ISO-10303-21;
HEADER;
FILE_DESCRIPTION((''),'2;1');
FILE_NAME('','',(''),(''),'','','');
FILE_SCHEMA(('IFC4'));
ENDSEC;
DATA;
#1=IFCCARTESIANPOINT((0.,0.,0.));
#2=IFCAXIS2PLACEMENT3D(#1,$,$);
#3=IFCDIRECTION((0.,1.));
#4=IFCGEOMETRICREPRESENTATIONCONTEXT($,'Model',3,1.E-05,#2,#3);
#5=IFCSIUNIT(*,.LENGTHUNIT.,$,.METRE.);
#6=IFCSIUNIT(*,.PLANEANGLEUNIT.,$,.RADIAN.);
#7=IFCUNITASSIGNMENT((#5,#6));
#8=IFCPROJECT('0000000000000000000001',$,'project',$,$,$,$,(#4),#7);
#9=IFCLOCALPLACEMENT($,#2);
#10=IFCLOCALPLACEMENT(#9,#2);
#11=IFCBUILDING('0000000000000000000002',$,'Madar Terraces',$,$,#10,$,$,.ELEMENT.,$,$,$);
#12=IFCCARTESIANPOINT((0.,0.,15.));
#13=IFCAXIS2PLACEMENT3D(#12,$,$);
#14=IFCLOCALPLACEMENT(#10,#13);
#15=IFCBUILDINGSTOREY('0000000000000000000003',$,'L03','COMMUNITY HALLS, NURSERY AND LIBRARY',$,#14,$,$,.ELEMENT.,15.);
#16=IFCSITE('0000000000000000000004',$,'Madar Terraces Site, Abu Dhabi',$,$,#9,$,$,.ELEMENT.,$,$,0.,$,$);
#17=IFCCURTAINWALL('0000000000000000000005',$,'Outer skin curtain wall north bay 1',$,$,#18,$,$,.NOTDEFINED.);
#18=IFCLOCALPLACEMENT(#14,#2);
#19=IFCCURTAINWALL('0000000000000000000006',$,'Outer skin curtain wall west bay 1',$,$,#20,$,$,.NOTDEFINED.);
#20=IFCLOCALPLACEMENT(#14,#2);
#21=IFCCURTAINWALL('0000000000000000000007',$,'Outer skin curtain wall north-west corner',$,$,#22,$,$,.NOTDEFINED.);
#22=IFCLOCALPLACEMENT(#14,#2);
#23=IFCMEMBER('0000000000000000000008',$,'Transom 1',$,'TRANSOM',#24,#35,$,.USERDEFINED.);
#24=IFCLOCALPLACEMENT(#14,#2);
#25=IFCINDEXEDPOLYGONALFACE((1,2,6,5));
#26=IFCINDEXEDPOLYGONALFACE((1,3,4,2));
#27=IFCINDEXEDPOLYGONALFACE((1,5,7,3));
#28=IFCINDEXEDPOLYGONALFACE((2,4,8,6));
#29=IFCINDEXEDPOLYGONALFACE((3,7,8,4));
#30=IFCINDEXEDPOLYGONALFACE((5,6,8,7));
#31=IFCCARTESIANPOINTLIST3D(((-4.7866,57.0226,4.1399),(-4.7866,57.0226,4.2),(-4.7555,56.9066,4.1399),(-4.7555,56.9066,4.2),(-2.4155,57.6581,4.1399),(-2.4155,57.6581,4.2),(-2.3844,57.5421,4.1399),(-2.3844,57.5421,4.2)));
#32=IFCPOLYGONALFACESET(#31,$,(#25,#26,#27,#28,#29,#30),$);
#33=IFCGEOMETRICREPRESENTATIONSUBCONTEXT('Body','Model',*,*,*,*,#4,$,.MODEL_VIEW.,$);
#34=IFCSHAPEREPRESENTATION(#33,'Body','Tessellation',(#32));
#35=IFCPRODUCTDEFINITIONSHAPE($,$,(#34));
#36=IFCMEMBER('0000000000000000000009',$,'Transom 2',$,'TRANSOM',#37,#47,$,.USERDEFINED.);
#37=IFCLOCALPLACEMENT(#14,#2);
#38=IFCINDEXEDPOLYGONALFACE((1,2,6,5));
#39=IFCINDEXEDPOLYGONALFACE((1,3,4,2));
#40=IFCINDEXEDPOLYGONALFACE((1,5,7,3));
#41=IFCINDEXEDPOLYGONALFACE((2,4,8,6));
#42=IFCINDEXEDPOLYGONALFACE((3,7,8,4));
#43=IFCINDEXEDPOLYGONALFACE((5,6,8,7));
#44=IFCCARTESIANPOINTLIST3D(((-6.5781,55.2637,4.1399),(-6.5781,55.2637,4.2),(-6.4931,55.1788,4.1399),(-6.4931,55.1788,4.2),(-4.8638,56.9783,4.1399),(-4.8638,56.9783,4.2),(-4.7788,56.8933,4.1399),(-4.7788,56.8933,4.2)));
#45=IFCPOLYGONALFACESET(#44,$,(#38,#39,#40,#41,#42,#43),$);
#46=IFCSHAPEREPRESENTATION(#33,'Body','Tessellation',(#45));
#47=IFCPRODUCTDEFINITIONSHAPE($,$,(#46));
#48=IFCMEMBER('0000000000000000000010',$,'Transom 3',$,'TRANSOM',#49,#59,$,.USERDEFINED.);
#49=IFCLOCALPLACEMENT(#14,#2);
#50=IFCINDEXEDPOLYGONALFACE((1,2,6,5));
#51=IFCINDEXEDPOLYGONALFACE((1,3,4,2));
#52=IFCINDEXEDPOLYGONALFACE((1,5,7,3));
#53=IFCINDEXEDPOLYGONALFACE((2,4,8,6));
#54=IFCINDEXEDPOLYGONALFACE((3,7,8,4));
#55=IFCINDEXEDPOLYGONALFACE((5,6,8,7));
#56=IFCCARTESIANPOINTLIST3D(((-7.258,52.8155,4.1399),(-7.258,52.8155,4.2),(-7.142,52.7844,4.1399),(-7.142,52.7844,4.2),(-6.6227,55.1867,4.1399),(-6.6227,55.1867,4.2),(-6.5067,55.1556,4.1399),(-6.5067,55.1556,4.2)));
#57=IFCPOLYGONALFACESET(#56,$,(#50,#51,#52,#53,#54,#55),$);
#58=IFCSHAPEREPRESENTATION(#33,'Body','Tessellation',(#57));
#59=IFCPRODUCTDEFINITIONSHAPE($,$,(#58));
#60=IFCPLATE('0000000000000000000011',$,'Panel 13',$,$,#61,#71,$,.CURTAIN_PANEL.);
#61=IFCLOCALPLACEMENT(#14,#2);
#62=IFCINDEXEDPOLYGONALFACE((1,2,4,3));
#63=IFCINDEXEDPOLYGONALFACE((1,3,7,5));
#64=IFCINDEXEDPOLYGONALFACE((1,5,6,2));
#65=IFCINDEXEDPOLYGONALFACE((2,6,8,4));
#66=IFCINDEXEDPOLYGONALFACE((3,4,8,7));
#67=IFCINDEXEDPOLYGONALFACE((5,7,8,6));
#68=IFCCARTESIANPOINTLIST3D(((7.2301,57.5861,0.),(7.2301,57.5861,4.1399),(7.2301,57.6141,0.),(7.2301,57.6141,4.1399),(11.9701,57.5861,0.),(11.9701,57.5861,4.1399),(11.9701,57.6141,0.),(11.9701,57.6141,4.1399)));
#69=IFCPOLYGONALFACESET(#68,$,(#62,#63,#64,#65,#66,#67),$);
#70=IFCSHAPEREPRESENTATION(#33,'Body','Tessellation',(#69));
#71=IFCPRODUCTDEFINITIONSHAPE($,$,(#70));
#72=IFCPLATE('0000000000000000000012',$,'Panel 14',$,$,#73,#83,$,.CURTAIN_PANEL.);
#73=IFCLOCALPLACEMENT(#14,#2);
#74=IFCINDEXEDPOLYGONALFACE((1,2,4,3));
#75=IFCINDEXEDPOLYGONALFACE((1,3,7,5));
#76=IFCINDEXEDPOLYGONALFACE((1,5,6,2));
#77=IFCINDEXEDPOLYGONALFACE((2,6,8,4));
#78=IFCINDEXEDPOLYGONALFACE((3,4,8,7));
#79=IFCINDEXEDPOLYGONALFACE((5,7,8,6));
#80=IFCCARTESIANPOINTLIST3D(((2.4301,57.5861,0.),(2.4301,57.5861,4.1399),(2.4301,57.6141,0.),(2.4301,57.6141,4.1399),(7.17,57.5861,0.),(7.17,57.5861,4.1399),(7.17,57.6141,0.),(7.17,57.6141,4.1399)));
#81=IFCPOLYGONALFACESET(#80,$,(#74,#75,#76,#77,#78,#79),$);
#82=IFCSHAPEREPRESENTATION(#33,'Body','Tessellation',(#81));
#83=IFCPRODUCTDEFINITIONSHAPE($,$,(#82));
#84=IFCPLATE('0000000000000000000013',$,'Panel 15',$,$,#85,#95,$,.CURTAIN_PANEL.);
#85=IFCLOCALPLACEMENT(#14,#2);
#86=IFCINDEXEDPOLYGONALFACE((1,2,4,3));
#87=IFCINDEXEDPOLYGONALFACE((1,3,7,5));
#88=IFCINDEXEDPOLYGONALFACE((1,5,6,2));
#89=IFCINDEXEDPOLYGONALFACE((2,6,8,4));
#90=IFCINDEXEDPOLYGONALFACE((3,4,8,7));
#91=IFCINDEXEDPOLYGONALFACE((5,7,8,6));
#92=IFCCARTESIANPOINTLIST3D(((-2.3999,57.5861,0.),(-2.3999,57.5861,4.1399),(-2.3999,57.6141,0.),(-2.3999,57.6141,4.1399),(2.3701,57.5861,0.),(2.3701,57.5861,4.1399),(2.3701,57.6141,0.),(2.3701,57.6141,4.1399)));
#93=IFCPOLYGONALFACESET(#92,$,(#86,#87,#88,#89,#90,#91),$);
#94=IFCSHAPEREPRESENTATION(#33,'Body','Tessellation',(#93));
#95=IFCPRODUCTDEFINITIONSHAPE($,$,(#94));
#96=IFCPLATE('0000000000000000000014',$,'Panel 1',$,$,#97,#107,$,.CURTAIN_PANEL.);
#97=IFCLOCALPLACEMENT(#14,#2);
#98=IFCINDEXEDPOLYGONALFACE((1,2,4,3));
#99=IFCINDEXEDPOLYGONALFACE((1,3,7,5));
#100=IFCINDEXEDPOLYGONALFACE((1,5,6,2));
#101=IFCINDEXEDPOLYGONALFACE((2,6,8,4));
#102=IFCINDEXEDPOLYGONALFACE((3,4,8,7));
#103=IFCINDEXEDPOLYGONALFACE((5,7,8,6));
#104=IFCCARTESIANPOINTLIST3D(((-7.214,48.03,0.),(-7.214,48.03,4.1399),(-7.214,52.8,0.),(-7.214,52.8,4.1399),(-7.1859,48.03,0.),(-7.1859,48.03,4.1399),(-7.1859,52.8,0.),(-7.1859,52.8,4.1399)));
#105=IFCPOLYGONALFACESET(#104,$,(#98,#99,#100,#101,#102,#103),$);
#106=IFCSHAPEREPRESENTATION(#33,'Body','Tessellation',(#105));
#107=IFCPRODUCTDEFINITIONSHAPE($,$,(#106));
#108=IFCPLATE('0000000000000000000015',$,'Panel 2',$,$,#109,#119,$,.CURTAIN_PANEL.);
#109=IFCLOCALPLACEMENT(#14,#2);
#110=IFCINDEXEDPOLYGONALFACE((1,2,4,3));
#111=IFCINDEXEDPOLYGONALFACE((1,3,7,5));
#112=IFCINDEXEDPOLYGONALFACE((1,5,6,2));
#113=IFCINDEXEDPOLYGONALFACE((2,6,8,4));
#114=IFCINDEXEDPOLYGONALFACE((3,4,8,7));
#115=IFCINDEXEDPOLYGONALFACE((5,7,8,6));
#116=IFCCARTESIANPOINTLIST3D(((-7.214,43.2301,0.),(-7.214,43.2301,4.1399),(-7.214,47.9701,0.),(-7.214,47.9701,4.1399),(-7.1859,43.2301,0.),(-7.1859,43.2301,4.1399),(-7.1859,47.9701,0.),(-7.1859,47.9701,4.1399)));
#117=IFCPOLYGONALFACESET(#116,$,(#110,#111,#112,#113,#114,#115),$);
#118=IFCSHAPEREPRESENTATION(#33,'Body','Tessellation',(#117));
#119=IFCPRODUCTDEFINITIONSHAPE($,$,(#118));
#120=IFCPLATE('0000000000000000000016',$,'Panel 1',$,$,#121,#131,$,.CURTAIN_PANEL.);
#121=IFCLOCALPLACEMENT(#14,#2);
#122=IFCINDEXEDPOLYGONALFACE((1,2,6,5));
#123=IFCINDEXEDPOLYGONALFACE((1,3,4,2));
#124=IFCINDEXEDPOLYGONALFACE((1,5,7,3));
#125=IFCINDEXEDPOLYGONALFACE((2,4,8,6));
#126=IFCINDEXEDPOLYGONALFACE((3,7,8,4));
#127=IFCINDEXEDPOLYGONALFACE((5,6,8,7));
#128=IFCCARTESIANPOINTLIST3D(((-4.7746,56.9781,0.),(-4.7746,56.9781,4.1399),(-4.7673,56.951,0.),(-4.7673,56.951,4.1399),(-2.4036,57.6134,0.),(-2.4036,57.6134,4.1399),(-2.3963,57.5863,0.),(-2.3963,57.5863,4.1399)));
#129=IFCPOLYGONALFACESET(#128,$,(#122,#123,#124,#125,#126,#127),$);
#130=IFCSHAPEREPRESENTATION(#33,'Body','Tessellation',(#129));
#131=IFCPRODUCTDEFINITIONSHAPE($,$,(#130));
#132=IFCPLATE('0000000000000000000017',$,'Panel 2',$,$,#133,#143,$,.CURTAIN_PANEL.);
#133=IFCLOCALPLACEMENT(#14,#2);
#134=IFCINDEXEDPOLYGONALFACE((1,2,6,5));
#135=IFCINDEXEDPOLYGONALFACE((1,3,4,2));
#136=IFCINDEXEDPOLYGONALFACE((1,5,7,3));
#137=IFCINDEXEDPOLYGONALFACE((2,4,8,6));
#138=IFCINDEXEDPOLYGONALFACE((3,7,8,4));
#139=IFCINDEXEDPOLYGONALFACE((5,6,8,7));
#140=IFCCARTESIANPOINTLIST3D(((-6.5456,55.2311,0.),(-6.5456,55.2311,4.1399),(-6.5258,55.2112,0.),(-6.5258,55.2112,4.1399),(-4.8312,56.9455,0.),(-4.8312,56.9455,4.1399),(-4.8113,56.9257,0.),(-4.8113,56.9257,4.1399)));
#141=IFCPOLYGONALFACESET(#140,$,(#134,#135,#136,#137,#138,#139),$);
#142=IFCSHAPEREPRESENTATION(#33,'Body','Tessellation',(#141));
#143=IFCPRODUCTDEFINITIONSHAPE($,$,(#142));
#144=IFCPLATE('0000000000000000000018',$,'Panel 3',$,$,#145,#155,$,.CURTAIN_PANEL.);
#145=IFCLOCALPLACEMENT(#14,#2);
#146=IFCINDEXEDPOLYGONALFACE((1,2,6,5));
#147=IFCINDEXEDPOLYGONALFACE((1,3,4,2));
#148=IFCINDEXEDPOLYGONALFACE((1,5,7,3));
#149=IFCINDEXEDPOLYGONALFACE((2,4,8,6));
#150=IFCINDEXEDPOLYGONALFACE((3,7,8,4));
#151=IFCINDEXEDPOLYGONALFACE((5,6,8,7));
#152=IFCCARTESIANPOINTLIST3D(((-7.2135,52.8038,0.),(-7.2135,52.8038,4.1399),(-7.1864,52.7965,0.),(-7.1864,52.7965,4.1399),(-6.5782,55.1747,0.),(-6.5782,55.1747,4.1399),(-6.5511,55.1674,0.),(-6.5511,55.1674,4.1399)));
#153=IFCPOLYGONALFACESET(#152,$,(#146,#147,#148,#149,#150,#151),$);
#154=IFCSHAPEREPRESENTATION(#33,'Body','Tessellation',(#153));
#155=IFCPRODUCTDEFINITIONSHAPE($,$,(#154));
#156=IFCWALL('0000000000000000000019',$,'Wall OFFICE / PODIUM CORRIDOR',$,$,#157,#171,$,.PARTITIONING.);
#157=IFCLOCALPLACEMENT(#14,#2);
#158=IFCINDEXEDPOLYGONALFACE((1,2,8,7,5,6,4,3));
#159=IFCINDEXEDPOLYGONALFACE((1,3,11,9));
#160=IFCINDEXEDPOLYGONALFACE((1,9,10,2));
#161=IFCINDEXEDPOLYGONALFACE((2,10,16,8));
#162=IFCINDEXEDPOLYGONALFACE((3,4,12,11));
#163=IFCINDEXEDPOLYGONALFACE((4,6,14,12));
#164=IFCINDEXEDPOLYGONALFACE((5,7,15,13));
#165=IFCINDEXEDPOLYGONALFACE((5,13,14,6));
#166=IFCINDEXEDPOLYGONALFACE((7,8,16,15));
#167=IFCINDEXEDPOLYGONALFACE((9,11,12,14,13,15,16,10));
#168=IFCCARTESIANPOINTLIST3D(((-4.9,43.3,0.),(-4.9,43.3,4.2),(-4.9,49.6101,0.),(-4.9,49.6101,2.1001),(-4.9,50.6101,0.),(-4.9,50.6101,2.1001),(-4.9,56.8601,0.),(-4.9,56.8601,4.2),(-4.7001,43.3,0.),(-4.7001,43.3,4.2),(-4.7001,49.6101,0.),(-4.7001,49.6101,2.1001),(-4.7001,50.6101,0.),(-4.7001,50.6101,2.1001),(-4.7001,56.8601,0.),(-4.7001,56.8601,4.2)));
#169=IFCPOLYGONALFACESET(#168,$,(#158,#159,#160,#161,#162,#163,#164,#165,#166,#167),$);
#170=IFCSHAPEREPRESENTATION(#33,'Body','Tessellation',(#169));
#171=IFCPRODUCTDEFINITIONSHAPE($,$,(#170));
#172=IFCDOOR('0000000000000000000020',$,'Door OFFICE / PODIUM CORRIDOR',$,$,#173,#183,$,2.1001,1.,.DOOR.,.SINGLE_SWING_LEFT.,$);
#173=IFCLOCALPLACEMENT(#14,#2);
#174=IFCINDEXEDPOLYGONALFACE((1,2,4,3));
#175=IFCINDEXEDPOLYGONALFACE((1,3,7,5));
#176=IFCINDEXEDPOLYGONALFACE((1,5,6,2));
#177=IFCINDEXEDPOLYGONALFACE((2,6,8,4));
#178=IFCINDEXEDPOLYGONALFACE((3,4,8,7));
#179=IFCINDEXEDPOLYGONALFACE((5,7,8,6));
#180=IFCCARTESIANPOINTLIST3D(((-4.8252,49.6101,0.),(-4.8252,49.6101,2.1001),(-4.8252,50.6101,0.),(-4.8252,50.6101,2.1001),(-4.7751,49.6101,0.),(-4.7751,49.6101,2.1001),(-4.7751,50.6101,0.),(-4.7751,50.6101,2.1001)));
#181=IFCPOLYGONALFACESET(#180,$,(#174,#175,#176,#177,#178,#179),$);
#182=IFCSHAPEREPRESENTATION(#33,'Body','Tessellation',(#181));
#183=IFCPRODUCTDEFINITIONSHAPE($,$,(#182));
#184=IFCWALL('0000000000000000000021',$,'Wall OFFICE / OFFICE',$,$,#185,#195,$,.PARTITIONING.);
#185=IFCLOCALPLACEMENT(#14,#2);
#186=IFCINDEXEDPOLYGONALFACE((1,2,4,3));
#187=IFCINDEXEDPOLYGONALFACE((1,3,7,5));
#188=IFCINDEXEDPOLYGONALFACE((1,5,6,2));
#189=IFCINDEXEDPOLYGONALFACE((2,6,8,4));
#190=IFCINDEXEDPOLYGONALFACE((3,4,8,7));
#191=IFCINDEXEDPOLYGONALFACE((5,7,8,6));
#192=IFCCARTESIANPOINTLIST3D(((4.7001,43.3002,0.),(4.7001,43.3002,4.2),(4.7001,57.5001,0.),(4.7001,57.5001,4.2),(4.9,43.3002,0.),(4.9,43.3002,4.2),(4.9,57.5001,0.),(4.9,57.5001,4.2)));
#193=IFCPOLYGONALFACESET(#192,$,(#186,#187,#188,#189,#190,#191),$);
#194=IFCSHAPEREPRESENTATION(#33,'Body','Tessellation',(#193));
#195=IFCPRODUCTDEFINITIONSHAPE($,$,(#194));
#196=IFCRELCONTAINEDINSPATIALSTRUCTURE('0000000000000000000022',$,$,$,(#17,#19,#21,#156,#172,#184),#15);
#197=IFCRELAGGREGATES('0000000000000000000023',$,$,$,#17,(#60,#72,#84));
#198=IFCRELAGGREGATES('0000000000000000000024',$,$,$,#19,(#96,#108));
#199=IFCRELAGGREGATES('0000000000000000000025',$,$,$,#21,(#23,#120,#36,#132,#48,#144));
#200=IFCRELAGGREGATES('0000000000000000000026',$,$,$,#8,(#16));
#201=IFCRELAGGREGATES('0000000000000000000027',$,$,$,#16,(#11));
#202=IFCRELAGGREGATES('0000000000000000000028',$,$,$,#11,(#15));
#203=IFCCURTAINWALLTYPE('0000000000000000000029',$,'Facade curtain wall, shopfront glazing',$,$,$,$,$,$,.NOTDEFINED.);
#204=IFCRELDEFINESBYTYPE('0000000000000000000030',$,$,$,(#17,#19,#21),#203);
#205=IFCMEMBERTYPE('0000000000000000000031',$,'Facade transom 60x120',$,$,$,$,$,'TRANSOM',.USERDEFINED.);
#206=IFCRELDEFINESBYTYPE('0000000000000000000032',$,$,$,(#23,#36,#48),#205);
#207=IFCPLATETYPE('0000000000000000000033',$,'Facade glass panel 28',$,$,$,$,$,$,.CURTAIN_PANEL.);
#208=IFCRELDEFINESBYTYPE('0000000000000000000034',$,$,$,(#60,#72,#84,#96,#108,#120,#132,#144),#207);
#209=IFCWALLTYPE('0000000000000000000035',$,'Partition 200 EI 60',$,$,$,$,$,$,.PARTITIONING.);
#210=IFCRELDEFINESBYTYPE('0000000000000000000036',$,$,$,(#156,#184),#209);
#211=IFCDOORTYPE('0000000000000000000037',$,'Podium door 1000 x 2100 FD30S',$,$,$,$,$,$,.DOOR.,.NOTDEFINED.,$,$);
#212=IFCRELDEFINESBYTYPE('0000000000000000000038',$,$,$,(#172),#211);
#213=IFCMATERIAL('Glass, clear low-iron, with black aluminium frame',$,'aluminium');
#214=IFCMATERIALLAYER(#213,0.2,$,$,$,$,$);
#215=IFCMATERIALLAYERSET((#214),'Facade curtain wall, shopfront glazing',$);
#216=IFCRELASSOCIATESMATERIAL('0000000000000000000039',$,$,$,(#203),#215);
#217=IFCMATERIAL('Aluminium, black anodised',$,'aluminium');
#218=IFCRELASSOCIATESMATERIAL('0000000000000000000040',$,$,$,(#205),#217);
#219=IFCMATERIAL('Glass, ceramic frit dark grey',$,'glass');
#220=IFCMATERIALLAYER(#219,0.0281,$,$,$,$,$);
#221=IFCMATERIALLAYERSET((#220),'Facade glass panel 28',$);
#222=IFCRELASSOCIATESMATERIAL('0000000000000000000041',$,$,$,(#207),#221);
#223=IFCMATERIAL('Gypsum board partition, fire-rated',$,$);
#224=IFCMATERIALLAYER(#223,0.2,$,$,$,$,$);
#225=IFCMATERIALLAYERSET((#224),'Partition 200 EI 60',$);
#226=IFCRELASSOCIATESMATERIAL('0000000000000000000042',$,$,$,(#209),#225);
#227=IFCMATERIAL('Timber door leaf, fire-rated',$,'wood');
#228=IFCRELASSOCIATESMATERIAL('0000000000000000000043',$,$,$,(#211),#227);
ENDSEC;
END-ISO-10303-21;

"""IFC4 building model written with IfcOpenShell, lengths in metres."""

from ifc_helpers import new_model, si_unit, direction, frame, frame_2d, origin, origin_2d, place, context, subcontext, project, spatial, rectangle, extrude, material, layer, layer_set, material_profile, profile_set, type_object, element, fill, aggregate, save


model = new_model("IFC4")

# Units and contexts
model_context = context("Model", 3, precision=1e-05, world=origin(), true_north=direction((0.0, 1.0)))
body_context = subcontext(model_context, "Body", "Model", "MODEL_VIEW")
ifc_project = project(units=[si_unit("LENGTHUNIT", "METRE"), si_unit("PLANEANGLEUNIT", "RADIAN")], contexts=[model_context])

# Site, building, storey
site_placement = place(None, origin())
site = spatial("IfcSite", under=ifc_project, at=site_placement, Name="Madar Terraces Site, Abu Dhabi", CompositionType="ELEMENT", RefElevation=0.0)
building_placement = place(site_placement, origin())
building = spatial("IfcBuilding", under=site, at=building_placement, Name="Madar Terraces", CompositionType="ELEMENT")
storey_placement = place(building_placement, frame((0.0, 0.0, 15.0)))
storey = spatial("IfcBuildingStorey", under=building, at=storey_placement, Name="L03", Description="COMMUNITY HALLS, NURSERY AND LIBRARY", CompositionType="ELEMENT", Elevation=15.0)

# Curtain wall
ifc_material_1 = material(Name="Glass, clear low-iron, with black aluminium frame", Category="aluminium")
ifc_layer_1 = layer(ifc_material_1, 0.2)
ifc_layer_set_1 = layer_set([ifc_layer_1], Name="Facade curtain wall, shopfront glazing")
curtain_wall_type = type_object("IfcCurtainWallType", Name="Facade curtain wall, shopfront glazing", PredefinedType="NOTDEFINED", material=ifc_layer_set_1)
curtain_wall_1_placement = place(storey_placement, origin())
curtain_wall_1 = element("IfcCurtainWall", 1, at=curtain_wall_1_placement, inside=storey, type_object=curtain_wall_type, Name="Outer skin curtain wall north bay 1", PredefinedType="NOTDEFINED")

# Curtain wall
curtain_wall_2_placement = place(storey_placement, origin())
curtain_wall_2 = element("IfcCurtainWall", 2, at=curtain_wall_2_placement, inside=storey, type_object=curtain_wall_type, Name="Outer skin curtain wall west bay 1", PredefinedType="NOTDEFINED")

# Curtain wall
curtain_wall_3_placement = place(storey_placement, origin())
curtain_wall_3 = element("IfcCurtainWall", 3, at=curtain_wall_3_placement, inside=storey, type_object=curtain_wall_type, Name="Outer skin curtain wall north-west corner", PredefinedType="NOTDEFINED")

# Members
ifc_material_2 = material(Name="Aluminium, black anodised", Category="aluminium")
ifc_material_profile_1 = material_profile(ifc_material_2, rectangle(XDim=0.1201, YDim=0.0601, at=origin_2d()), Name="Facade transom 60x120")
ifc_profile_set_1 = profile_set([ifc_material_profile_1], Name="Aluminium, black anodised")
member_type_1 = type_object("IfcMemberType", Name="Facade transom 60x120", ElementType="TRANSOM", PredefinedType="USERDEFINED", material=ifc_profile_set_1)
member_1_placement = place(storey_placement, frame((-2.3999, 57.6001, 4.1699), z_axis=(-0.965909, -0.258882, 0.0), x_axis=(0.258882, -0.965909, 0.0)))
member_1 = element("IfcMember", 4, at=member_1_placement, type_object=member_type_1, Name="Transom 1", ObjectType="TRANSOM", PredefinedType="USERDEFINED", context=body_context, shape_type="SweptSolid", body=[
    extrude(rectangle(XDim=0.1201, YDim=0.0601, at=origin_2d()), origin(), (0.0, 0.0, 1.0), 2.4548),
])
member_2_placement = place(storey_placement, frame((-4.8213, 56.9358, 4.1699), z_axis=(-0.707056, -0.707157, 0.0), x_axis=(0.707157, -0.707056, 0.0)))
member_2 = element("IfcMember", 5, at=member_2_placement, type_object=member_type_1, Name="Transom 2", ObjectType="TRANSOM", PredefinedType="USERDEFINED", context=body_context, shape_type="SweptSolid", body=[
    extrude(rectangle(XDim=0.1201, YDim=0.0601, at=origin_2d()), origin(), (0.0, 0.0, 1.0), 2.4246),
])
member_3_placement = place(storey_placement, frame((-6.5647, 55.1711, 4.1699), z_axis=(-0.258789, -0.965934, 0.0), x_axis=(0.965934, -0.258789, 0.0)))
member_3 = element("IfcMember", 6, at=member_3_placement, type_object=member_type_1, Name="Transom 3", ObjectType="TRANSOM", PredefinedType="USERDEFINED", context=body_context, shape_type="SweptSolid", body=[
    extrude(rectangle(XDim=0.1201, YDim=0.0601, at=origin_2d()), origin(), (0.0, 0.0, 1.0), 2.4548),
])

# Plates
ifc_material_3 = material(Name="Glass, ceramic frit dark grey", Category="glass")
ifc_layer_2 = layer(ifc_material_3, 0.0281)
ifc_layer_set_2 = layer_set([ifc_layer_2], Name="Facade glass panel 28")
plate_type = type_object("IfcPlateType", Name="Facade glass panel 28", PredefinedType="CURTAIN_PANEL", material=ifc_layer_set_2)
plate_1_placement = place(storey_placement, frame((9.6001, 57.6001, 0.0), z_axis=(0.0, 0.0, 1.0), x_axis=(-1.0, 0.0, 0.0)))
plate_1 = element("IfcPlate", 7, at=plate_1_placement, type_object=plate_type, Name="Panel 13", PredefinedType="CURTAIN_PANEL", context=body_context, shape_type="SweptSolid", body=[
    extrude(rectangle(XDim=4.74, YDim=0.0281, at=origin_2d()), origin(), (0.0, 0.0, 1.0), 4.1399),
])
plate_2_placement = place(storey_placement, frame((4.8, 57.6001, 0.0), z_axis=(0.0, 0.0, 1.0), x_axis=(-1.0, 0.0, 0.0)))
plate_2 = element("IfcPlate", 8, at=plate_2_placement, type_object=plate_type, Name="Panel 14", PredefinedType="CURTAIN_PANEL", context=body_context, shape_type="SweptSolid", body=[
    extrude(rectangle(XDim=4.74, YDim=0.0281, at=origin_2d()), origin(), (0.0, 0.0, 1.0), 4.1399),
])
plate_3_placement = place(storey_placement, frame((-0.0149, 57.6001, 0.0), z_axis=(0.0, 0.0, 1.0), x_axis=(-1.0, 0.0, 0.0)))
plate_3 = element("IfcPlate", 9, at=plate_3_placement, type_object=plate_type, Name="Panel 15", PredefinedType="CURTAIN_PANEL", context=body_context, shape_type="SweptSolid", body=[
    extrude(rectangle(XDim=4.77, YDim=0.0281, at=origin_2d()), origin(), (0.0, 0.0, 1.0), 4.1399),
])
aggregate(curtain_wall_1, [plate_1, plate_2, plate_3])
plate_4_placement = place(storey_placement, frame((-7.2, 50.415, 0.0), z_axis=(0.0, 0.0, 1.0), x_axis=(0.0, -1.0, 0.0)))
plate_4 = element("IfcPlate", 10, at=plate_4_placement, type_object=plate_type, Name="Panel 1", PredefinedType="CURTAIN_PANEL", context=body_context, shape_type="SweptSolid", body=[
    extrude(rectangle(XDim=4.77, YDim=0.0281, at=origin_2d()), origin(), (0.0, 0.0, 1.0), 4.1399),
])
plate_5_placement = place(storey_placement, frame((-7.2, 45.6001, 0.0), z_axis=(0.0, 0.0, 1.0), x_axis=(0.0, -1.0, 0.0)))
plate_5 = element("IfcPlate", 11, at=plate_5_placement, type_object=plate_type, Name="Panel 2", PredefinedType="CURTAIN_PANEL", context=body_context, shape_type="SweptSolid", body=[
    extrude(rectangle(XDim=4.74, YDim=0.0281, at=origin_2d()), origin(), (0.0, 0.0, 1.0), 4.1399),
])
aggregate(curtain_wall_2, [plate_4, plate_5])
plate_6_placement = place(storey_placement, frame((-3.5854, 57.2822, 0.0), z_axis=(0.0, 0.0, 1.0), x_axis=(-0.965926, -0.258819, 0.0)))
plate_6 = element("IfcPlate", 12, at=plate_6_placement, type_object=plate_type, Name="Panel 1", PredefinedType="CURTAIN_PANEL", context=body_context, shape_type="SweptSolid", body=[
    extrude(rectangle(XDim=2.4546, YDim=0.0281, at=origin_2d()), origin(), (0.0, 0.0, 1.0), 4.1399),
])
plate_7_placement = place(storey_placement, frame((-5.6785, 56.0784, 0.0), z_axis=(0.0, 0.0, 1.0), x_axis=(-0.707107, -0.707107, 0.0)))
plate_7 = element("IfcPlate", 13, at=plate_7_placement, type_object=plate_type, Name="Panel 2", PredefinedType="CURTAIN_PANEL", context=body_context, shape_type="SweptSolid", body=[
    extrude(rectangle(XDim=2.4246, YDim=0.0281, at=origin_2d()), origin(), (0.0, 0.0, 1.0), 4.1399),
])
plate_8_placement = place(storey_placement, frame((-6.8823, 53.9856, 0.0), z_axis=(0.0, 0.0, 1.0), x_axis=(-0.258819, -0.965926, 0.0)))
plate_8 = element("IfcPlate", 14, at=plate_8_placement, type_object=plate_type, Name="Panel 3", PredefinedType="CURTAIN_PANEL", context=body_context, shape_type="SweptSolid", body=[
    extrude(rectangle(XDim=2.4546, YDim=0.0281, at=origin_2d()), origin(), (0.0, 0.0, 1.0), 4.1399),
])
aggregate(curtain_wall_3, [member_1, plate_6, member_2, plate_7, member_3, plate_8])

# Wall, opening, door
ifc_material_4 = material(Name="Gypsum board partition, fire-rated")
ifc_layer_3 = layer(ifc_material_4, 0.2)
ifc_layer_set_3 = layer_set([ifc_layer_3], Name="Partition 200 EI 60")
wall_type = type_object("IfcWallType", Name="Partition 200 EI 60", PredefinedType="PARTITIONING", material=ifc_layer_set_3)
wall_placement = place(storey_placement, frame((-4.8, 56.8601, 0.0), z_axis=(0.0, 0.0, 1.0), x_axis=(0.0, -1.0, 0.0)))
wall = element("IfcWall", 15, at=wall_placement, inside=storey, type_object=wall_type, Name="Wall OFFICE / PODIUM CORRIDOR", PredefinedType="PARTITIONING", context=body_context, shape_type="SweptSolid", body=[
    extrude(rectangle(XDim=13.5601, YDim=0.2, at=frame_2d((6.78, 0.0))), origin(), (0.0, 0.0, 1.0), 4.2),
])
opening_placement = place(wall_placement, frame((6.25, 0.0, 0.0)))
opening = element("IfcOpeningElement", 16, at=opening_placement, cuts=wall, PredefinedType="OPENING", context=body_context, shape_type="SweptSolid", body=[
    extrude(rectangle(XDim=1.0, YDim=2.1001, at=frame_2d((0.5, 1.05))), frame((0.0, 0.1099, 0.0), z_axis=(0.0, -1.0, 0.0), x_axis=(1.0, 0.0, 0.0)), (0.0, 0.0, 1.0), 0.22),
])
ifc_material_5 = material(Name="Timber door leaf, fire-rated", Category="wood")
door_type = type_object("IfcDoorType", Name="Podium door 1000 x 2100 FD30S", OperationType="NOTDEFINED", PredefinedType="DOOR", material=ifc_material_5)
door_placement = place(opening_placement, origin())
door = element("IfcDoor", 17, at=door_placement, inside=storey, type_object=door_type, Name="Door OFFICE / PODIUM CORRIDOR", OperationType="SINGLE_SWING_LEFT", OverallHeight=2.1001, OverallWidth=1.0, PredefinedType="DOOR", context=body_context, shape_type="SweptSolid", body=[
    extrude(rectangle(XDim=1.0, YDim=2.1001, at=frame_2d((0.5, 1.05))), frame((0.0, 0.0249, 0.0), z_axis=(0.0, -1.0, 0.0), x_axis=(1.0, 0.0, 0.0)), (0.0, 0.0, 1.0), 0.05),
])
fill(opening, door)

# Wall
for number, where, z_axis, x_axis, name in (
    (18, (4.8, 43.3, 0.0), (0.0, 0.0, 1.0), (0.0, 1.0, 0.0), "Wall OFFICE / OFFICE"),
):
    element("IfcWall", number, at=place(storey_placement, frame(where, z_axis=z_axis, x_axis=x_axis)), inside=storey, type_object=wall_type, Name=name, PredefinedType="PARTITIONING", context=body_context, shape_type="SweptSolid", body=[
        extrude(rectangle(XDim=14.2, YDim=0.2, at=frame_2d((7.1001, 0.0))), origin(), (0.0, 0.0, 1.0), 4.2),
    ])

save(model, "model.ifc")
